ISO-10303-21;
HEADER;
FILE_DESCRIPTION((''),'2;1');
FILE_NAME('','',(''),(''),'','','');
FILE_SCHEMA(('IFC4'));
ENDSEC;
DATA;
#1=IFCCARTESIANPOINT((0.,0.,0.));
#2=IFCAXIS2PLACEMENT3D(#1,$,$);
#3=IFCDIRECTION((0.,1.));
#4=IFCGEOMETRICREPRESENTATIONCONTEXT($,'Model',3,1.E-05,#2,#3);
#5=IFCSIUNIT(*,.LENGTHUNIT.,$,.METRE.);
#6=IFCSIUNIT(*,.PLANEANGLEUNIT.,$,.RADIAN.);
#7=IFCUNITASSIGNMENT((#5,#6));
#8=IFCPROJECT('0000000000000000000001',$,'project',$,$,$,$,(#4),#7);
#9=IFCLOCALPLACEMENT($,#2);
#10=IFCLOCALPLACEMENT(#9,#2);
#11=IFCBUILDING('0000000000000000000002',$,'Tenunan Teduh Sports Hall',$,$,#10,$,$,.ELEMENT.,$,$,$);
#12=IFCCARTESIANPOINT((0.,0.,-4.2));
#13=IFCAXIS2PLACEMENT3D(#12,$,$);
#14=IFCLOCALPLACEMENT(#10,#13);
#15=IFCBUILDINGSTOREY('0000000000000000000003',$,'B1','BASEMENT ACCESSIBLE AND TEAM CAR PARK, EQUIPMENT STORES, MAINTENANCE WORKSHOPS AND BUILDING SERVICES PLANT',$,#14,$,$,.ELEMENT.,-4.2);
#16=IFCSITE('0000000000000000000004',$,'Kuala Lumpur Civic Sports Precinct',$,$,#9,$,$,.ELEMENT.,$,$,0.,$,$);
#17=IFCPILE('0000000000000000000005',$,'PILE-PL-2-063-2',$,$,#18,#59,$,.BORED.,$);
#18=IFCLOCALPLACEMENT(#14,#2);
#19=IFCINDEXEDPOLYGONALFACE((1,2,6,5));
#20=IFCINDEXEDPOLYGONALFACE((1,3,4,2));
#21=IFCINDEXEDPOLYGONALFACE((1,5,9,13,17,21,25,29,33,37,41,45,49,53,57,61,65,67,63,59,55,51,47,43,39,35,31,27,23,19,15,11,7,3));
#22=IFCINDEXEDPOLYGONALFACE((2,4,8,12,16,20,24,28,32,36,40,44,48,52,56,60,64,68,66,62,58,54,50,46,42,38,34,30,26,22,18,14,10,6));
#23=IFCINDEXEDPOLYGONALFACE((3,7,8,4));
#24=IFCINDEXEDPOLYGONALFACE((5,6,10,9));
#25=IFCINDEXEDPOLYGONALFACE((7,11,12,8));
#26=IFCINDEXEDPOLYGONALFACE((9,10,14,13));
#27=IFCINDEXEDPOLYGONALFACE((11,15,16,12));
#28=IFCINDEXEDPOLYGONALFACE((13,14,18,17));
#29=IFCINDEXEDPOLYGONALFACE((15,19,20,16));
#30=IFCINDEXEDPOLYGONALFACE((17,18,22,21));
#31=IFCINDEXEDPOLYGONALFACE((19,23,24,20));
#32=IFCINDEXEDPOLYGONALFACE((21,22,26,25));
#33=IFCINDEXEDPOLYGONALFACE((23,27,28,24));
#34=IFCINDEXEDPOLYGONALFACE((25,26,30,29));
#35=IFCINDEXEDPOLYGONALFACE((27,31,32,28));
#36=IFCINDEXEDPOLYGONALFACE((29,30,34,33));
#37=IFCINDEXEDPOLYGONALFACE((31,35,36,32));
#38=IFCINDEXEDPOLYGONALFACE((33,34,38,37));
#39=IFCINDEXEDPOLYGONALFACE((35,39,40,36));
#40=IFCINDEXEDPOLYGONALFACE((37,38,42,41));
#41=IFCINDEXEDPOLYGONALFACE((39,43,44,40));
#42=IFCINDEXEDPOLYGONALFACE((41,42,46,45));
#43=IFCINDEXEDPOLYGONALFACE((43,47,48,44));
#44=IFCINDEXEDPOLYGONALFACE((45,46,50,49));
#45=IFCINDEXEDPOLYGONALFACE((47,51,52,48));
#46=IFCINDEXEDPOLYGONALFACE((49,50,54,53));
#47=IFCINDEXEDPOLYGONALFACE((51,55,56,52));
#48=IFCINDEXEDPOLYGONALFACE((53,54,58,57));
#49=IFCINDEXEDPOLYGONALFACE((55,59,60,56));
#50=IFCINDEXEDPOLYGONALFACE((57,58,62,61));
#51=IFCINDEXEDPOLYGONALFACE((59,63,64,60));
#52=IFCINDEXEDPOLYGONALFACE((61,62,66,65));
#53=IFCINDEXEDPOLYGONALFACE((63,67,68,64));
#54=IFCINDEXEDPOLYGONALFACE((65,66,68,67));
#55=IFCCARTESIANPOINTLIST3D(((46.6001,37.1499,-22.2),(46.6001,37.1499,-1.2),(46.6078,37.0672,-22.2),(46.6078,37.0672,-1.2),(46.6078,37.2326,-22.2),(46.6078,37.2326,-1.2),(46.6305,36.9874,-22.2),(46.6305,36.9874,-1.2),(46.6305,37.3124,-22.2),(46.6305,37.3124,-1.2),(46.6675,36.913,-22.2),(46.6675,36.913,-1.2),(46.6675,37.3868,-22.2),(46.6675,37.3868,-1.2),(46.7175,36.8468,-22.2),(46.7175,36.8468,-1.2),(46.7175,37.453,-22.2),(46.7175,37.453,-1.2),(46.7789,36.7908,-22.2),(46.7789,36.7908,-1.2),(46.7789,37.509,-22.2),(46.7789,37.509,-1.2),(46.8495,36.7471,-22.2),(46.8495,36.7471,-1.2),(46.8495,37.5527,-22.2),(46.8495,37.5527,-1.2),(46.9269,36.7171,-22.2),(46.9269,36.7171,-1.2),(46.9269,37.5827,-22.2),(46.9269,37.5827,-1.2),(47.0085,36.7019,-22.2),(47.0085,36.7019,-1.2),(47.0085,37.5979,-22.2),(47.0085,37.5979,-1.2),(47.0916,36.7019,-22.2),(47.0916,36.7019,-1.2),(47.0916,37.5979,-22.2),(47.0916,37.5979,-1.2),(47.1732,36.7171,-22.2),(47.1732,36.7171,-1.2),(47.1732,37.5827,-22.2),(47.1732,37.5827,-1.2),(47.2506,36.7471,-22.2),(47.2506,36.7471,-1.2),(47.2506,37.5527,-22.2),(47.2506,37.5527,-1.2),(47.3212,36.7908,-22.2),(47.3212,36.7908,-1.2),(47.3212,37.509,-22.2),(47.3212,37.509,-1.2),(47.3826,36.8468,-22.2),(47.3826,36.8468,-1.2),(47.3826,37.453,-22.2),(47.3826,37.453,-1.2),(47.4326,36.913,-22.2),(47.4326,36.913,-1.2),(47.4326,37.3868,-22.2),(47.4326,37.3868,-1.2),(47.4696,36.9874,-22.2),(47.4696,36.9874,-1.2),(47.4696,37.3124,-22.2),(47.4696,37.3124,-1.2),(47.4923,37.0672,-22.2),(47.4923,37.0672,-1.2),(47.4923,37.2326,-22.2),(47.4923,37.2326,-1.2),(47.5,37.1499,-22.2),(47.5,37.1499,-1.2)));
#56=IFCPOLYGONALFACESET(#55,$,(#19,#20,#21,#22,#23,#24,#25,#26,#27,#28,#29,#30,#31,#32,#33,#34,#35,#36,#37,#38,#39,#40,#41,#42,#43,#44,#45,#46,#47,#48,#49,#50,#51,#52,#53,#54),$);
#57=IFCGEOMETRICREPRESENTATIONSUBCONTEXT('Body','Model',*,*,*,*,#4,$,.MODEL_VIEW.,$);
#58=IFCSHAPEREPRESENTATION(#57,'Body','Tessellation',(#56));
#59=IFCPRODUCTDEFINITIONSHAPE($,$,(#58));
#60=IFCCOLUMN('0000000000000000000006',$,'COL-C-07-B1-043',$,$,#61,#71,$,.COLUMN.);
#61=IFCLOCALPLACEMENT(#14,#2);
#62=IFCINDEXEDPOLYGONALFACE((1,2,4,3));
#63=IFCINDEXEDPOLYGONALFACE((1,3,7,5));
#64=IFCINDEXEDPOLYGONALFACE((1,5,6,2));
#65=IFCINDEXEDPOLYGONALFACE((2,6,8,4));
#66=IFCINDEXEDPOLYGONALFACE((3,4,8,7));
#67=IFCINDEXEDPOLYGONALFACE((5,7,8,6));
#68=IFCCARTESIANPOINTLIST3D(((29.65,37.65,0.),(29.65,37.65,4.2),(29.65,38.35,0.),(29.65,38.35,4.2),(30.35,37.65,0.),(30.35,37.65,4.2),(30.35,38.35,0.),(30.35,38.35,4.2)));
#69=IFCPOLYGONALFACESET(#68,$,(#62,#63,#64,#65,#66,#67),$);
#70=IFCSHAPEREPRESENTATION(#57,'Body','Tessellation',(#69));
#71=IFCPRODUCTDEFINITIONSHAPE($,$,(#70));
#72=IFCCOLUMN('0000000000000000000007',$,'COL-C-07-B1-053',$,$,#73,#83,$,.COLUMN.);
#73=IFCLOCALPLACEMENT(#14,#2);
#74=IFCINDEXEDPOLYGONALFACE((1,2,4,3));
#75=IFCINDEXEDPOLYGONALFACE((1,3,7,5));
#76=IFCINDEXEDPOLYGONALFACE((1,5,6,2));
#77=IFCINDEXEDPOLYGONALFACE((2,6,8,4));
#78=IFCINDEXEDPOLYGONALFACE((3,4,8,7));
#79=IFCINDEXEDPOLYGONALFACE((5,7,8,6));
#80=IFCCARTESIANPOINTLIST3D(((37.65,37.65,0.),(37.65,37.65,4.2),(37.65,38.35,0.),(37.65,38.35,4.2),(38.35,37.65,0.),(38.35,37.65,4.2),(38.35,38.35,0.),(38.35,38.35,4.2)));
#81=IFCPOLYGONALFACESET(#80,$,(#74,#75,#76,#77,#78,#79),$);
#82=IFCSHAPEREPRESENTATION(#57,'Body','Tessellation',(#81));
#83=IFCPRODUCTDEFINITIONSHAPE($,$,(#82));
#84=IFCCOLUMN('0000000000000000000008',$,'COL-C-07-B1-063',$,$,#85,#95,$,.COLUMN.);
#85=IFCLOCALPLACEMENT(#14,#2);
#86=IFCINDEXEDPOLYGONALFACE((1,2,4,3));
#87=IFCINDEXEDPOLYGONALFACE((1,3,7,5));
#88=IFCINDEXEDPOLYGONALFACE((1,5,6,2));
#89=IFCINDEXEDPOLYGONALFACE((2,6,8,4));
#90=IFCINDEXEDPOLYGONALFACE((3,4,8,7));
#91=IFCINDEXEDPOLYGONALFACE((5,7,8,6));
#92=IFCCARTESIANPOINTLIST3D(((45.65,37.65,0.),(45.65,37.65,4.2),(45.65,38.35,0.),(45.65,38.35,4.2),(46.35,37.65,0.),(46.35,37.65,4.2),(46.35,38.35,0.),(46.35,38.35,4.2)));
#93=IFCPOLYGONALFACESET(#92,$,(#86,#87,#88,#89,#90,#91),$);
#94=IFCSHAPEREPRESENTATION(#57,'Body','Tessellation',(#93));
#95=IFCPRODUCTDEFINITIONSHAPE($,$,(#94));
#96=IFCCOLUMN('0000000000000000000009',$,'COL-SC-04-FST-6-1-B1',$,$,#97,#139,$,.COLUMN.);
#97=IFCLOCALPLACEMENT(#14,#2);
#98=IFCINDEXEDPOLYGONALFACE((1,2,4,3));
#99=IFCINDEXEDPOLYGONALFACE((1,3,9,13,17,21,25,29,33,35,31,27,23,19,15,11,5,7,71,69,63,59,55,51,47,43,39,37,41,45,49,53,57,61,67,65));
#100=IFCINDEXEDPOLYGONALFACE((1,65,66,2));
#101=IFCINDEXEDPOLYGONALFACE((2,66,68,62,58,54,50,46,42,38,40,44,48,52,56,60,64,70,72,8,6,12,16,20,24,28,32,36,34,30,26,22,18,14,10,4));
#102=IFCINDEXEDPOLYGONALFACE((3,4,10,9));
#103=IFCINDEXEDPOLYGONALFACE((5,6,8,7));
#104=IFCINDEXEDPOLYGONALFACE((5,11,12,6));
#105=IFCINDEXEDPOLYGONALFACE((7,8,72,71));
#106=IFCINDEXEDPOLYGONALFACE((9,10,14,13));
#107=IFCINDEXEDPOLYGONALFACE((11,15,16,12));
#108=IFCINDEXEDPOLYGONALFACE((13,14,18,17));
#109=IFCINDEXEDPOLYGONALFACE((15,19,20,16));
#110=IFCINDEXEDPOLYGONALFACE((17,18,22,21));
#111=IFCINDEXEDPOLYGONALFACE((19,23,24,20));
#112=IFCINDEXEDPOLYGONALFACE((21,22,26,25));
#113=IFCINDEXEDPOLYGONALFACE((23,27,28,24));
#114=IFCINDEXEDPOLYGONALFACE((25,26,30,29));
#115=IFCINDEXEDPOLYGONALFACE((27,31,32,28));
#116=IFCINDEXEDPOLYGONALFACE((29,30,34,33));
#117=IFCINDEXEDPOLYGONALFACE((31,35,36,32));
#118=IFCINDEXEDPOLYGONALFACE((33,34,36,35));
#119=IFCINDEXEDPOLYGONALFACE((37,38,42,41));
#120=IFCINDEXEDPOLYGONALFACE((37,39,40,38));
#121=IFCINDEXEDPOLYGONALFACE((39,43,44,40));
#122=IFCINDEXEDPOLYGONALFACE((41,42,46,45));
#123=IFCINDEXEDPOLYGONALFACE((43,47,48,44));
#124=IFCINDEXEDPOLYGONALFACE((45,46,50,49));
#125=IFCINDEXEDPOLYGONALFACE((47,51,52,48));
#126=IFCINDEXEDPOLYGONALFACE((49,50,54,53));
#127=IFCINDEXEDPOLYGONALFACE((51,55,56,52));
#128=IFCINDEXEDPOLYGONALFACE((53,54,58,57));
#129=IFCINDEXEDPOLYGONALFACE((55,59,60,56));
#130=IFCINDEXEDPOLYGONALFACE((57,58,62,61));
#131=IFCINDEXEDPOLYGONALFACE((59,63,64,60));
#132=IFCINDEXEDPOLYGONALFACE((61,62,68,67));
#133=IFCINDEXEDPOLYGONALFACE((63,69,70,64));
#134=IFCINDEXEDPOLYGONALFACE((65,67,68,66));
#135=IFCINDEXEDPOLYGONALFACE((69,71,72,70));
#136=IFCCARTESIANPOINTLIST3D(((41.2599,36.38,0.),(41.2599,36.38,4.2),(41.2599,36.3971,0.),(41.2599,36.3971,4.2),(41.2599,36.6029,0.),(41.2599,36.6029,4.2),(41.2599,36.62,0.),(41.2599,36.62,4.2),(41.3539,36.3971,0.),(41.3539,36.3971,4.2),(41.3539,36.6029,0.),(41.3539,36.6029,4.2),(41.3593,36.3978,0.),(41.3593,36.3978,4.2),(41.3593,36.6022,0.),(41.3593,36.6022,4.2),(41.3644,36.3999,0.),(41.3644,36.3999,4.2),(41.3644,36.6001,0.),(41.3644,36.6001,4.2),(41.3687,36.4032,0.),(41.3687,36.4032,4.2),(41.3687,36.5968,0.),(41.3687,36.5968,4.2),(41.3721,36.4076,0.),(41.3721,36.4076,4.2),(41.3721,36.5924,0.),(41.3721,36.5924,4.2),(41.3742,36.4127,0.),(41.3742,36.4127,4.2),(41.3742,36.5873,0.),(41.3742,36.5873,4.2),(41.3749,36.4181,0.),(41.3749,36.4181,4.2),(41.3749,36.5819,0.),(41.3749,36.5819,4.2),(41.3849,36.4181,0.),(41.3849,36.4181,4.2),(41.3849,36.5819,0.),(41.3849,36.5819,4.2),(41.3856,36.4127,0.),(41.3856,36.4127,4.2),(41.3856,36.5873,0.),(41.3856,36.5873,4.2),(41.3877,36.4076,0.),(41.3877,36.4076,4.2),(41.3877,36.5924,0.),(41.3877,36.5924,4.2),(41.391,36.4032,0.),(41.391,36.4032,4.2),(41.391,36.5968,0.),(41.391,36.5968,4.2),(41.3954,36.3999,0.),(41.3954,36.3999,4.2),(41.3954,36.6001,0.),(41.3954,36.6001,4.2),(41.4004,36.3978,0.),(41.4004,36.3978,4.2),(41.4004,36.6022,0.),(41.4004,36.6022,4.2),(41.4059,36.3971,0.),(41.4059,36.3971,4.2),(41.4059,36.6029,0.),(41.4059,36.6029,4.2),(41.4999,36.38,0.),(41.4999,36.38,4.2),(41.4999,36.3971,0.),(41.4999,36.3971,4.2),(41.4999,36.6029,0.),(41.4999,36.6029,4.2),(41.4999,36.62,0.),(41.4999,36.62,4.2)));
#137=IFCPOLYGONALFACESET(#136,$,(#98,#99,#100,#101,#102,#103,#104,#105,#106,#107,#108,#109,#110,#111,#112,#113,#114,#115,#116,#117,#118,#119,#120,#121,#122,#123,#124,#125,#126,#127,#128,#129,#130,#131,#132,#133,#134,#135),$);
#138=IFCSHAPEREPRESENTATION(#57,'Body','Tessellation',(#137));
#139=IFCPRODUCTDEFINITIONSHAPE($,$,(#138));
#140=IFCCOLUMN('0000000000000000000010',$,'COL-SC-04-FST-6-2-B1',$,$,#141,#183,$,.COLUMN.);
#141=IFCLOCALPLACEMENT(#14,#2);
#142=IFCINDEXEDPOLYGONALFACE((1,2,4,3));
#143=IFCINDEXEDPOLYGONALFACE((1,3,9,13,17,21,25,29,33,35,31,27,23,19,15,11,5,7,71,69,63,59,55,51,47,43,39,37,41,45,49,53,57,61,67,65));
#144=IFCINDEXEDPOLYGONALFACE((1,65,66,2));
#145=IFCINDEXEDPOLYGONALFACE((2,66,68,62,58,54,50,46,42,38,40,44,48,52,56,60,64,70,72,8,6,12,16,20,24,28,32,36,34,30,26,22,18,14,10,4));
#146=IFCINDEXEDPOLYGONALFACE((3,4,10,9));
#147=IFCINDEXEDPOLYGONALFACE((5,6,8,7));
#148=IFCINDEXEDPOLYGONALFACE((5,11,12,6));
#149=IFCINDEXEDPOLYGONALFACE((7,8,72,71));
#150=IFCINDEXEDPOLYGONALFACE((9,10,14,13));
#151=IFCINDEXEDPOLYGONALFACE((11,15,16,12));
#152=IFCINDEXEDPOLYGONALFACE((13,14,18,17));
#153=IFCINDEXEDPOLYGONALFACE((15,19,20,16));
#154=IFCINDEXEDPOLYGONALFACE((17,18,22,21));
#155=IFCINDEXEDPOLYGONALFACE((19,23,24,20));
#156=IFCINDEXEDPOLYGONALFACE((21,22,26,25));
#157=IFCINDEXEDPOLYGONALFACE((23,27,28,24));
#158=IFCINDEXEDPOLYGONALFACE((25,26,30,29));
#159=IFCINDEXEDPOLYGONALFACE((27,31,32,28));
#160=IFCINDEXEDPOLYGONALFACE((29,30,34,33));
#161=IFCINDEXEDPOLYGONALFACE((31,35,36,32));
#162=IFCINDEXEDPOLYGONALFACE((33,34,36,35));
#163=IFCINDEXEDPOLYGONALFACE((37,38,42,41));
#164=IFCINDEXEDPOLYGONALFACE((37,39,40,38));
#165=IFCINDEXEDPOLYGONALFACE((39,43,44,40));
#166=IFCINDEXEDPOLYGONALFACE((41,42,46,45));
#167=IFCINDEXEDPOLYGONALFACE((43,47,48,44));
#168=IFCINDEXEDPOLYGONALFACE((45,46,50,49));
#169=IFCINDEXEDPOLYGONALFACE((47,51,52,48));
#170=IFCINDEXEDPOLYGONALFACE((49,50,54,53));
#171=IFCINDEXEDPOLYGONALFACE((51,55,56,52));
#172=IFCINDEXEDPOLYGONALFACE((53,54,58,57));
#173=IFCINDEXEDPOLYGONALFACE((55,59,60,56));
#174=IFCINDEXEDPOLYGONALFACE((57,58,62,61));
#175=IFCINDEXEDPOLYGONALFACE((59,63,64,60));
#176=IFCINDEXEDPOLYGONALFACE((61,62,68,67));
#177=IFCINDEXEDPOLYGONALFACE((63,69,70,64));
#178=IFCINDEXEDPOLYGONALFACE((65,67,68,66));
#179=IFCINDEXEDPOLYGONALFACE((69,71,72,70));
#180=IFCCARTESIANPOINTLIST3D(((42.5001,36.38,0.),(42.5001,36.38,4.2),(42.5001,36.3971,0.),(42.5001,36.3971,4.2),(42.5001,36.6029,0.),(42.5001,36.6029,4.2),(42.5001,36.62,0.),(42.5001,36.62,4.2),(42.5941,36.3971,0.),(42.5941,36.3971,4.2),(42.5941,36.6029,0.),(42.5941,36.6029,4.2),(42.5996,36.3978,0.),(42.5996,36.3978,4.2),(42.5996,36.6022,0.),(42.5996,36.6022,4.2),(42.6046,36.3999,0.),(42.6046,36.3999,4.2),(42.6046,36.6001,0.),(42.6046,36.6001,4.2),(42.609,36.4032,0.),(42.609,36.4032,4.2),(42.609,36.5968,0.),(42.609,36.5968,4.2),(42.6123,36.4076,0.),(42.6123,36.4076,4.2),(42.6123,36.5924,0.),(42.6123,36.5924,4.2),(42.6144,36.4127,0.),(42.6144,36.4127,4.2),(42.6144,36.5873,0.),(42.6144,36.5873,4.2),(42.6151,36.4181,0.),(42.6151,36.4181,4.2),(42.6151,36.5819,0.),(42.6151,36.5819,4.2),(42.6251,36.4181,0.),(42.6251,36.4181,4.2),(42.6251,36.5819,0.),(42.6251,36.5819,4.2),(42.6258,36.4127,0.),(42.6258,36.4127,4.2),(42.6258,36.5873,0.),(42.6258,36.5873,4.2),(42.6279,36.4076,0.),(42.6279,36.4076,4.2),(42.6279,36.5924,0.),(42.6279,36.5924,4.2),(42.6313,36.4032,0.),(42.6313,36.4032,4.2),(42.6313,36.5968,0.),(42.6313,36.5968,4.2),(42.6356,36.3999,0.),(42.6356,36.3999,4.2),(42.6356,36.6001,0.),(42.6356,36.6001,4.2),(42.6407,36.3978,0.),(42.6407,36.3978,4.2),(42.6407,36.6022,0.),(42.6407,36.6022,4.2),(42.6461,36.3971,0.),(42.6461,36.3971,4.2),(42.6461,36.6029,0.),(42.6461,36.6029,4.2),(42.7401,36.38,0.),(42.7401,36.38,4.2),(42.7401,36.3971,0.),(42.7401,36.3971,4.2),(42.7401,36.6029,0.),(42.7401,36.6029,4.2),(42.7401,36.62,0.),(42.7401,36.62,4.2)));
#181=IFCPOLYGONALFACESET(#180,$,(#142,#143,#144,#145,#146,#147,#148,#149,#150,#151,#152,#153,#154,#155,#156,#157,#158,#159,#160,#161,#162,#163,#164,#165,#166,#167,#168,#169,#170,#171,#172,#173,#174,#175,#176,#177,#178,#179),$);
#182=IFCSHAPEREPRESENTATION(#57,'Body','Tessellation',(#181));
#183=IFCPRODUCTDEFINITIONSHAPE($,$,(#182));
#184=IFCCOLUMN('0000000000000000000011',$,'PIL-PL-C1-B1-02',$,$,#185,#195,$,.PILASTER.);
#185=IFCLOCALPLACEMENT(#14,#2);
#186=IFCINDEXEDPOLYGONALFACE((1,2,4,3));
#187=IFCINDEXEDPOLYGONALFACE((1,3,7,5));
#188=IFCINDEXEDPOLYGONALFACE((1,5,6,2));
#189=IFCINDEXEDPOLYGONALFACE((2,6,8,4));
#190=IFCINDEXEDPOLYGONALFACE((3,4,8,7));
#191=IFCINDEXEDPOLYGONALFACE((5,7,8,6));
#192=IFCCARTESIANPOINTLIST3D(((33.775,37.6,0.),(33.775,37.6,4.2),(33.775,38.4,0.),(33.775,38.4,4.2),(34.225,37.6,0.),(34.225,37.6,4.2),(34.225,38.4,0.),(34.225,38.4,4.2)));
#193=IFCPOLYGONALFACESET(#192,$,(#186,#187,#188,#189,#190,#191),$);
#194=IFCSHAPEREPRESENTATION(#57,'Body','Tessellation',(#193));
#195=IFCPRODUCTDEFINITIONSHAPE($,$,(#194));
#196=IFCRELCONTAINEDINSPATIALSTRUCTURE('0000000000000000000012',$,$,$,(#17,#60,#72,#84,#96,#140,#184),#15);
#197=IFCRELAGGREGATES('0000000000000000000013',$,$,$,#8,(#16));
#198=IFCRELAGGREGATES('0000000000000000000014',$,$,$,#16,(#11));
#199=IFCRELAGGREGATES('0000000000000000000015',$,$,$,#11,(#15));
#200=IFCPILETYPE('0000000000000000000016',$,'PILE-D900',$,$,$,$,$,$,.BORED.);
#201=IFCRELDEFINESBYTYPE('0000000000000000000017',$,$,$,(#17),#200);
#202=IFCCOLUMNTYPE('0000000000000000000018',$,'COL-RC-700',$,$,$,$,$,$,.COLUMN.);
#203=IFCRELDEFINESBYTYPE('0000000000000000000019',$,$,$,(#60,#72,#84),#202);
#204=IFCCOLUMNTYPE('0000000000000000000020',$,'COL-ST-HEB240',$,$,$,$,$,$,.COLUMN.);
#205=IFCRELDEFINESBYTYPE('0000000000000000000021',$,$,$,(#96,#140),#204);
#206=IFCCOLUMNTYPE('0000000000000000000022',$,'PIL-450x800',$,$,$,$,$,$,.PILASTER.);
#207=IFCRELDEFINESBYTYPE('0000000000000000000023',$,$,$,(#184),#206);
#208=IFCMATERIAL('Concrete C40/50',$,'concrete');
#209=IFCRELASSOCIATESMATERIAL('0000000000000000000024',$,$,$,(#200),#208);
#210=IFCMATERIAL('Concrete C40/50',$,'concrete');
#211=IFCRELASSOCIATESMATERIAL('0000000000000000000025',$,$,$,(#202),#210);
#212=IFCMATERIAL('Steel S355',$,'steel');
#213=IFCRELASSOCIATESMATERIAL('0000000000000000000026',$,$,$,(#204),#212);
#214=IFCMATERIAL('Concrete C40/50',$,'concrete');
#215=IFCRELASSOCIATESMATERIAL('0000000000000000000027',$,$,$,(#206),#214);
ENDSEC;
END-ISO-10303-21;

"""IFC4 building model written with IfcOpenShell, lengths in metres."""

from ifc_helpers import new_model, si_unit, direction, frame, origin, origin_2d, place, context, subcontext, project, spatial, rectangle, circle, i_section, extrude, material, material_profile, profile_set, type_object, element, save


model = new_model("IFC4")

# Units and contexts
model_context = context("Model", 3, precision=1e-05, world=origin(), true_north=direction((0.0, 1.0)))
body_context = subcontext(model_context, "Body", "Model", "MODEL_VIEW")
ifc_project = project(units=[si_unit("LENGTHUNIT", "METRE"), si_unit("PLANEANGLEUNIT", "RADIAN")], contexts=[model_context])

# Site, building, storey
site_placement = place(None, origin())
site = spatial("IfcSite", under=ifc_project, at=site_placement, Name="Kuala Lumpur Civic Sports Precinct", CompositionType="ELEMENT", RefElevation=0.0)
building_placement = place(site_placement, origin())
building = spatial("IfcBuilding", under=site, at=building_placement, Name="Tenunan Teduh Sports Hall", CompositionType="ELEMENT")
storey_placement = place(building_placement, frame((0.0, 0.0, -4.2)))
storey = spatial("IfcBuildingStorey", under=building, at=storey_placement, Name="B1", Description="BASEMENT ACCESSIBLE AND TEAM CAR PARK, EQUIPMENT STORES, MAINTENANCE WORKSHOPS AND BUILDING SERVICES PLANT", CompositionType="ELEMENT", Elevation=-4.2)

# Pile
ifc_material_1 = material(Name="Concrete C40/50", Category="concrete")
ifc_material_profile_1 = material_profile(ifc_material_1, circle(Radius=0.45, at=origin_2d()), Name="PILE D900")
ifc_profile_set_1 = profile_set([ifc_material_profile_1], Name="Concrete C40/50")
pile_type_1 = type_object("IfcPileType", Name="PILE-D900", PredefinedType="BORED", material=ifc_profile_set_1)
for number, where, z_axis, x_axis, name in (
    (1, (47.05, 37.1499, -1.2), (0.0, 0.0, -1.0), (1.0, 0.0, 0.0), "PILE-PL-2-063-2"),
):
    element("IfcPile", number, at=place(storey_placement, frame(where, z_axis=z_axis, x_axis=x_axis)), inside=storey, type_object=pile_type_1, Name=name, PredefinedType="BORED", context=body_context, shape_type="SweptSolid", body=[
        extrude(circle(Radius=0.45, at=origin_2d()), origin(), (0.0, 0.0, 1.0), 21.0),
    ])

# Columns
ifc_material_2 = material(Name="Concrete C40/50", Category="concrete")
ifc_material_profile_2 = material_profile(ifc_material_2, rectangle(XDim=0.7, YDim=0.7, at=origin_2d()), Name="RC 700x700")
ifc_profile_set_2 = profile_set([ifc_material_profile_2], Name="Concrete C40/50")
column_type_1 = type_object("IfcColumnType", Name="COL-RC-700", PredefinedType="COLUMN", material=ifc_profile_set_2)
for number, where, z_axis, x_axis, name in (
    (2, (30.0, 38.0, 0.0), (0.0, 0.0, 1.0), (1.0, 0.0, 0.0), "COL-C-07-B1-043"),
    (3, (38.0, 38.0, 0.0), (0.0, 0.0, 1.0), (1.0, 0.0, 0.0), "COL-C-07-B1-053"),
    (4, (46.0, 38.0, 0.0), (0.0, 0.0, 1.0), (1.0, 0.0, 0.0), "COL-C-07-B1-063"),
):
    element("IfcColumn", number, at=place(storey_placement, frame(where, z_axis=z_axis, x_axis=x_axis)), inside=storey, type_object=column_type_1, Name=name, PredefinedType="COLUMN", context=body_context, shape_type="SweptSolid", body=[
        extrude(rectangle(XDim=0.7, YDim=0.7, at=origin_2d()), origin(), (0.0, 0.0, 1.0), 4.2),
    ])
ifc_material_3 = material(Name="Steel S355", Category="steel")
ifc_material_profile_3 = material_profile(ifc_material_3, i_section(OverallWidth=0.24, OverallDepth=0.24, WebThickness=0.01, FlangeThickness=0.0171, FilletRadius=0.021, at=origin_2d()), Name="HEB 240")
ifc_profile_set_3 = profile_set([ifc_material_profile_3], Name="Steel S355")
column_type_2 = type_object("IfcColumnType", Name="COL-ST-HEB240", PredefinedType="COLUMN", material=ifc_profile_set_3)
for number, where, z_axis, x_axis, name in (
    (5, (41.3799, 36.5, 0.0), (0.0, 0.0, 1.0), (1.0, 0.0, 0.0), "COL-SC-04-FST-6-1-B1"),
    (6, (42.6201, 36.5, 0.0), (0.0, 0.0, 1.0), (1.0, 0.0, 0.0), "COL-SC-04-FST-6-2-B1"),
):
    element("IfcColumn", number, at=place(storey_placement, frame(where, z_axis=z_axis, x_axis=x_axis)), inside=storey, type_object=column_type_2, Name=name, PredefinedType="COLUMN", context=body_context, shape_type="SweptSolid", body=[
        extrude(i_section(OverallWidth=0.24, OverallDepth=0.24, WebThickness=0.01, FlangeThickness=0.0171, FilletRadius=0.021, at=origin_2d()), origin(), (0.0, 0.0, 1.0), 4.2),
    ])
ifc_material_4 = material(Name="Concrete C40/50", Category="concrete")
ifc_material_profile_4 = material_profile(ifc_material_4, rectangle(XDim=0.45, YDim=0.8, at=origin_2d()), Name="PIL 450x800")
ifc_profile_set_4 = profile_set([ifc_material_profile_4], Name="Concrete C40/50")
column_type_3 = type_object("IfcColumnType", Name="PIL-450x800", PredefinedType="PILASTER", material=ifc_profile_set_4)
column_placement = place(storey_placement, frame((34.0, 38.0, 0.0), z_axis=(0.0, 0.0, 1.0), x_axis=(1.0, 0.0, 0.0)))
element("IfcColumn", 7, at=column_placement, inside=storey, type_object=column_type_3, Name="PIL-PL-C1-B1-02", PredefinedType="PILASTER", context=body_context, shape_type="SweptSolid", body=[
    extrude(rectangle(XDim=0.45, YDim=0.8, at=origin_2d()), origin(), (0.0, 0.0, 1.0), 4.2),
])

save(model, "model.ifc")
